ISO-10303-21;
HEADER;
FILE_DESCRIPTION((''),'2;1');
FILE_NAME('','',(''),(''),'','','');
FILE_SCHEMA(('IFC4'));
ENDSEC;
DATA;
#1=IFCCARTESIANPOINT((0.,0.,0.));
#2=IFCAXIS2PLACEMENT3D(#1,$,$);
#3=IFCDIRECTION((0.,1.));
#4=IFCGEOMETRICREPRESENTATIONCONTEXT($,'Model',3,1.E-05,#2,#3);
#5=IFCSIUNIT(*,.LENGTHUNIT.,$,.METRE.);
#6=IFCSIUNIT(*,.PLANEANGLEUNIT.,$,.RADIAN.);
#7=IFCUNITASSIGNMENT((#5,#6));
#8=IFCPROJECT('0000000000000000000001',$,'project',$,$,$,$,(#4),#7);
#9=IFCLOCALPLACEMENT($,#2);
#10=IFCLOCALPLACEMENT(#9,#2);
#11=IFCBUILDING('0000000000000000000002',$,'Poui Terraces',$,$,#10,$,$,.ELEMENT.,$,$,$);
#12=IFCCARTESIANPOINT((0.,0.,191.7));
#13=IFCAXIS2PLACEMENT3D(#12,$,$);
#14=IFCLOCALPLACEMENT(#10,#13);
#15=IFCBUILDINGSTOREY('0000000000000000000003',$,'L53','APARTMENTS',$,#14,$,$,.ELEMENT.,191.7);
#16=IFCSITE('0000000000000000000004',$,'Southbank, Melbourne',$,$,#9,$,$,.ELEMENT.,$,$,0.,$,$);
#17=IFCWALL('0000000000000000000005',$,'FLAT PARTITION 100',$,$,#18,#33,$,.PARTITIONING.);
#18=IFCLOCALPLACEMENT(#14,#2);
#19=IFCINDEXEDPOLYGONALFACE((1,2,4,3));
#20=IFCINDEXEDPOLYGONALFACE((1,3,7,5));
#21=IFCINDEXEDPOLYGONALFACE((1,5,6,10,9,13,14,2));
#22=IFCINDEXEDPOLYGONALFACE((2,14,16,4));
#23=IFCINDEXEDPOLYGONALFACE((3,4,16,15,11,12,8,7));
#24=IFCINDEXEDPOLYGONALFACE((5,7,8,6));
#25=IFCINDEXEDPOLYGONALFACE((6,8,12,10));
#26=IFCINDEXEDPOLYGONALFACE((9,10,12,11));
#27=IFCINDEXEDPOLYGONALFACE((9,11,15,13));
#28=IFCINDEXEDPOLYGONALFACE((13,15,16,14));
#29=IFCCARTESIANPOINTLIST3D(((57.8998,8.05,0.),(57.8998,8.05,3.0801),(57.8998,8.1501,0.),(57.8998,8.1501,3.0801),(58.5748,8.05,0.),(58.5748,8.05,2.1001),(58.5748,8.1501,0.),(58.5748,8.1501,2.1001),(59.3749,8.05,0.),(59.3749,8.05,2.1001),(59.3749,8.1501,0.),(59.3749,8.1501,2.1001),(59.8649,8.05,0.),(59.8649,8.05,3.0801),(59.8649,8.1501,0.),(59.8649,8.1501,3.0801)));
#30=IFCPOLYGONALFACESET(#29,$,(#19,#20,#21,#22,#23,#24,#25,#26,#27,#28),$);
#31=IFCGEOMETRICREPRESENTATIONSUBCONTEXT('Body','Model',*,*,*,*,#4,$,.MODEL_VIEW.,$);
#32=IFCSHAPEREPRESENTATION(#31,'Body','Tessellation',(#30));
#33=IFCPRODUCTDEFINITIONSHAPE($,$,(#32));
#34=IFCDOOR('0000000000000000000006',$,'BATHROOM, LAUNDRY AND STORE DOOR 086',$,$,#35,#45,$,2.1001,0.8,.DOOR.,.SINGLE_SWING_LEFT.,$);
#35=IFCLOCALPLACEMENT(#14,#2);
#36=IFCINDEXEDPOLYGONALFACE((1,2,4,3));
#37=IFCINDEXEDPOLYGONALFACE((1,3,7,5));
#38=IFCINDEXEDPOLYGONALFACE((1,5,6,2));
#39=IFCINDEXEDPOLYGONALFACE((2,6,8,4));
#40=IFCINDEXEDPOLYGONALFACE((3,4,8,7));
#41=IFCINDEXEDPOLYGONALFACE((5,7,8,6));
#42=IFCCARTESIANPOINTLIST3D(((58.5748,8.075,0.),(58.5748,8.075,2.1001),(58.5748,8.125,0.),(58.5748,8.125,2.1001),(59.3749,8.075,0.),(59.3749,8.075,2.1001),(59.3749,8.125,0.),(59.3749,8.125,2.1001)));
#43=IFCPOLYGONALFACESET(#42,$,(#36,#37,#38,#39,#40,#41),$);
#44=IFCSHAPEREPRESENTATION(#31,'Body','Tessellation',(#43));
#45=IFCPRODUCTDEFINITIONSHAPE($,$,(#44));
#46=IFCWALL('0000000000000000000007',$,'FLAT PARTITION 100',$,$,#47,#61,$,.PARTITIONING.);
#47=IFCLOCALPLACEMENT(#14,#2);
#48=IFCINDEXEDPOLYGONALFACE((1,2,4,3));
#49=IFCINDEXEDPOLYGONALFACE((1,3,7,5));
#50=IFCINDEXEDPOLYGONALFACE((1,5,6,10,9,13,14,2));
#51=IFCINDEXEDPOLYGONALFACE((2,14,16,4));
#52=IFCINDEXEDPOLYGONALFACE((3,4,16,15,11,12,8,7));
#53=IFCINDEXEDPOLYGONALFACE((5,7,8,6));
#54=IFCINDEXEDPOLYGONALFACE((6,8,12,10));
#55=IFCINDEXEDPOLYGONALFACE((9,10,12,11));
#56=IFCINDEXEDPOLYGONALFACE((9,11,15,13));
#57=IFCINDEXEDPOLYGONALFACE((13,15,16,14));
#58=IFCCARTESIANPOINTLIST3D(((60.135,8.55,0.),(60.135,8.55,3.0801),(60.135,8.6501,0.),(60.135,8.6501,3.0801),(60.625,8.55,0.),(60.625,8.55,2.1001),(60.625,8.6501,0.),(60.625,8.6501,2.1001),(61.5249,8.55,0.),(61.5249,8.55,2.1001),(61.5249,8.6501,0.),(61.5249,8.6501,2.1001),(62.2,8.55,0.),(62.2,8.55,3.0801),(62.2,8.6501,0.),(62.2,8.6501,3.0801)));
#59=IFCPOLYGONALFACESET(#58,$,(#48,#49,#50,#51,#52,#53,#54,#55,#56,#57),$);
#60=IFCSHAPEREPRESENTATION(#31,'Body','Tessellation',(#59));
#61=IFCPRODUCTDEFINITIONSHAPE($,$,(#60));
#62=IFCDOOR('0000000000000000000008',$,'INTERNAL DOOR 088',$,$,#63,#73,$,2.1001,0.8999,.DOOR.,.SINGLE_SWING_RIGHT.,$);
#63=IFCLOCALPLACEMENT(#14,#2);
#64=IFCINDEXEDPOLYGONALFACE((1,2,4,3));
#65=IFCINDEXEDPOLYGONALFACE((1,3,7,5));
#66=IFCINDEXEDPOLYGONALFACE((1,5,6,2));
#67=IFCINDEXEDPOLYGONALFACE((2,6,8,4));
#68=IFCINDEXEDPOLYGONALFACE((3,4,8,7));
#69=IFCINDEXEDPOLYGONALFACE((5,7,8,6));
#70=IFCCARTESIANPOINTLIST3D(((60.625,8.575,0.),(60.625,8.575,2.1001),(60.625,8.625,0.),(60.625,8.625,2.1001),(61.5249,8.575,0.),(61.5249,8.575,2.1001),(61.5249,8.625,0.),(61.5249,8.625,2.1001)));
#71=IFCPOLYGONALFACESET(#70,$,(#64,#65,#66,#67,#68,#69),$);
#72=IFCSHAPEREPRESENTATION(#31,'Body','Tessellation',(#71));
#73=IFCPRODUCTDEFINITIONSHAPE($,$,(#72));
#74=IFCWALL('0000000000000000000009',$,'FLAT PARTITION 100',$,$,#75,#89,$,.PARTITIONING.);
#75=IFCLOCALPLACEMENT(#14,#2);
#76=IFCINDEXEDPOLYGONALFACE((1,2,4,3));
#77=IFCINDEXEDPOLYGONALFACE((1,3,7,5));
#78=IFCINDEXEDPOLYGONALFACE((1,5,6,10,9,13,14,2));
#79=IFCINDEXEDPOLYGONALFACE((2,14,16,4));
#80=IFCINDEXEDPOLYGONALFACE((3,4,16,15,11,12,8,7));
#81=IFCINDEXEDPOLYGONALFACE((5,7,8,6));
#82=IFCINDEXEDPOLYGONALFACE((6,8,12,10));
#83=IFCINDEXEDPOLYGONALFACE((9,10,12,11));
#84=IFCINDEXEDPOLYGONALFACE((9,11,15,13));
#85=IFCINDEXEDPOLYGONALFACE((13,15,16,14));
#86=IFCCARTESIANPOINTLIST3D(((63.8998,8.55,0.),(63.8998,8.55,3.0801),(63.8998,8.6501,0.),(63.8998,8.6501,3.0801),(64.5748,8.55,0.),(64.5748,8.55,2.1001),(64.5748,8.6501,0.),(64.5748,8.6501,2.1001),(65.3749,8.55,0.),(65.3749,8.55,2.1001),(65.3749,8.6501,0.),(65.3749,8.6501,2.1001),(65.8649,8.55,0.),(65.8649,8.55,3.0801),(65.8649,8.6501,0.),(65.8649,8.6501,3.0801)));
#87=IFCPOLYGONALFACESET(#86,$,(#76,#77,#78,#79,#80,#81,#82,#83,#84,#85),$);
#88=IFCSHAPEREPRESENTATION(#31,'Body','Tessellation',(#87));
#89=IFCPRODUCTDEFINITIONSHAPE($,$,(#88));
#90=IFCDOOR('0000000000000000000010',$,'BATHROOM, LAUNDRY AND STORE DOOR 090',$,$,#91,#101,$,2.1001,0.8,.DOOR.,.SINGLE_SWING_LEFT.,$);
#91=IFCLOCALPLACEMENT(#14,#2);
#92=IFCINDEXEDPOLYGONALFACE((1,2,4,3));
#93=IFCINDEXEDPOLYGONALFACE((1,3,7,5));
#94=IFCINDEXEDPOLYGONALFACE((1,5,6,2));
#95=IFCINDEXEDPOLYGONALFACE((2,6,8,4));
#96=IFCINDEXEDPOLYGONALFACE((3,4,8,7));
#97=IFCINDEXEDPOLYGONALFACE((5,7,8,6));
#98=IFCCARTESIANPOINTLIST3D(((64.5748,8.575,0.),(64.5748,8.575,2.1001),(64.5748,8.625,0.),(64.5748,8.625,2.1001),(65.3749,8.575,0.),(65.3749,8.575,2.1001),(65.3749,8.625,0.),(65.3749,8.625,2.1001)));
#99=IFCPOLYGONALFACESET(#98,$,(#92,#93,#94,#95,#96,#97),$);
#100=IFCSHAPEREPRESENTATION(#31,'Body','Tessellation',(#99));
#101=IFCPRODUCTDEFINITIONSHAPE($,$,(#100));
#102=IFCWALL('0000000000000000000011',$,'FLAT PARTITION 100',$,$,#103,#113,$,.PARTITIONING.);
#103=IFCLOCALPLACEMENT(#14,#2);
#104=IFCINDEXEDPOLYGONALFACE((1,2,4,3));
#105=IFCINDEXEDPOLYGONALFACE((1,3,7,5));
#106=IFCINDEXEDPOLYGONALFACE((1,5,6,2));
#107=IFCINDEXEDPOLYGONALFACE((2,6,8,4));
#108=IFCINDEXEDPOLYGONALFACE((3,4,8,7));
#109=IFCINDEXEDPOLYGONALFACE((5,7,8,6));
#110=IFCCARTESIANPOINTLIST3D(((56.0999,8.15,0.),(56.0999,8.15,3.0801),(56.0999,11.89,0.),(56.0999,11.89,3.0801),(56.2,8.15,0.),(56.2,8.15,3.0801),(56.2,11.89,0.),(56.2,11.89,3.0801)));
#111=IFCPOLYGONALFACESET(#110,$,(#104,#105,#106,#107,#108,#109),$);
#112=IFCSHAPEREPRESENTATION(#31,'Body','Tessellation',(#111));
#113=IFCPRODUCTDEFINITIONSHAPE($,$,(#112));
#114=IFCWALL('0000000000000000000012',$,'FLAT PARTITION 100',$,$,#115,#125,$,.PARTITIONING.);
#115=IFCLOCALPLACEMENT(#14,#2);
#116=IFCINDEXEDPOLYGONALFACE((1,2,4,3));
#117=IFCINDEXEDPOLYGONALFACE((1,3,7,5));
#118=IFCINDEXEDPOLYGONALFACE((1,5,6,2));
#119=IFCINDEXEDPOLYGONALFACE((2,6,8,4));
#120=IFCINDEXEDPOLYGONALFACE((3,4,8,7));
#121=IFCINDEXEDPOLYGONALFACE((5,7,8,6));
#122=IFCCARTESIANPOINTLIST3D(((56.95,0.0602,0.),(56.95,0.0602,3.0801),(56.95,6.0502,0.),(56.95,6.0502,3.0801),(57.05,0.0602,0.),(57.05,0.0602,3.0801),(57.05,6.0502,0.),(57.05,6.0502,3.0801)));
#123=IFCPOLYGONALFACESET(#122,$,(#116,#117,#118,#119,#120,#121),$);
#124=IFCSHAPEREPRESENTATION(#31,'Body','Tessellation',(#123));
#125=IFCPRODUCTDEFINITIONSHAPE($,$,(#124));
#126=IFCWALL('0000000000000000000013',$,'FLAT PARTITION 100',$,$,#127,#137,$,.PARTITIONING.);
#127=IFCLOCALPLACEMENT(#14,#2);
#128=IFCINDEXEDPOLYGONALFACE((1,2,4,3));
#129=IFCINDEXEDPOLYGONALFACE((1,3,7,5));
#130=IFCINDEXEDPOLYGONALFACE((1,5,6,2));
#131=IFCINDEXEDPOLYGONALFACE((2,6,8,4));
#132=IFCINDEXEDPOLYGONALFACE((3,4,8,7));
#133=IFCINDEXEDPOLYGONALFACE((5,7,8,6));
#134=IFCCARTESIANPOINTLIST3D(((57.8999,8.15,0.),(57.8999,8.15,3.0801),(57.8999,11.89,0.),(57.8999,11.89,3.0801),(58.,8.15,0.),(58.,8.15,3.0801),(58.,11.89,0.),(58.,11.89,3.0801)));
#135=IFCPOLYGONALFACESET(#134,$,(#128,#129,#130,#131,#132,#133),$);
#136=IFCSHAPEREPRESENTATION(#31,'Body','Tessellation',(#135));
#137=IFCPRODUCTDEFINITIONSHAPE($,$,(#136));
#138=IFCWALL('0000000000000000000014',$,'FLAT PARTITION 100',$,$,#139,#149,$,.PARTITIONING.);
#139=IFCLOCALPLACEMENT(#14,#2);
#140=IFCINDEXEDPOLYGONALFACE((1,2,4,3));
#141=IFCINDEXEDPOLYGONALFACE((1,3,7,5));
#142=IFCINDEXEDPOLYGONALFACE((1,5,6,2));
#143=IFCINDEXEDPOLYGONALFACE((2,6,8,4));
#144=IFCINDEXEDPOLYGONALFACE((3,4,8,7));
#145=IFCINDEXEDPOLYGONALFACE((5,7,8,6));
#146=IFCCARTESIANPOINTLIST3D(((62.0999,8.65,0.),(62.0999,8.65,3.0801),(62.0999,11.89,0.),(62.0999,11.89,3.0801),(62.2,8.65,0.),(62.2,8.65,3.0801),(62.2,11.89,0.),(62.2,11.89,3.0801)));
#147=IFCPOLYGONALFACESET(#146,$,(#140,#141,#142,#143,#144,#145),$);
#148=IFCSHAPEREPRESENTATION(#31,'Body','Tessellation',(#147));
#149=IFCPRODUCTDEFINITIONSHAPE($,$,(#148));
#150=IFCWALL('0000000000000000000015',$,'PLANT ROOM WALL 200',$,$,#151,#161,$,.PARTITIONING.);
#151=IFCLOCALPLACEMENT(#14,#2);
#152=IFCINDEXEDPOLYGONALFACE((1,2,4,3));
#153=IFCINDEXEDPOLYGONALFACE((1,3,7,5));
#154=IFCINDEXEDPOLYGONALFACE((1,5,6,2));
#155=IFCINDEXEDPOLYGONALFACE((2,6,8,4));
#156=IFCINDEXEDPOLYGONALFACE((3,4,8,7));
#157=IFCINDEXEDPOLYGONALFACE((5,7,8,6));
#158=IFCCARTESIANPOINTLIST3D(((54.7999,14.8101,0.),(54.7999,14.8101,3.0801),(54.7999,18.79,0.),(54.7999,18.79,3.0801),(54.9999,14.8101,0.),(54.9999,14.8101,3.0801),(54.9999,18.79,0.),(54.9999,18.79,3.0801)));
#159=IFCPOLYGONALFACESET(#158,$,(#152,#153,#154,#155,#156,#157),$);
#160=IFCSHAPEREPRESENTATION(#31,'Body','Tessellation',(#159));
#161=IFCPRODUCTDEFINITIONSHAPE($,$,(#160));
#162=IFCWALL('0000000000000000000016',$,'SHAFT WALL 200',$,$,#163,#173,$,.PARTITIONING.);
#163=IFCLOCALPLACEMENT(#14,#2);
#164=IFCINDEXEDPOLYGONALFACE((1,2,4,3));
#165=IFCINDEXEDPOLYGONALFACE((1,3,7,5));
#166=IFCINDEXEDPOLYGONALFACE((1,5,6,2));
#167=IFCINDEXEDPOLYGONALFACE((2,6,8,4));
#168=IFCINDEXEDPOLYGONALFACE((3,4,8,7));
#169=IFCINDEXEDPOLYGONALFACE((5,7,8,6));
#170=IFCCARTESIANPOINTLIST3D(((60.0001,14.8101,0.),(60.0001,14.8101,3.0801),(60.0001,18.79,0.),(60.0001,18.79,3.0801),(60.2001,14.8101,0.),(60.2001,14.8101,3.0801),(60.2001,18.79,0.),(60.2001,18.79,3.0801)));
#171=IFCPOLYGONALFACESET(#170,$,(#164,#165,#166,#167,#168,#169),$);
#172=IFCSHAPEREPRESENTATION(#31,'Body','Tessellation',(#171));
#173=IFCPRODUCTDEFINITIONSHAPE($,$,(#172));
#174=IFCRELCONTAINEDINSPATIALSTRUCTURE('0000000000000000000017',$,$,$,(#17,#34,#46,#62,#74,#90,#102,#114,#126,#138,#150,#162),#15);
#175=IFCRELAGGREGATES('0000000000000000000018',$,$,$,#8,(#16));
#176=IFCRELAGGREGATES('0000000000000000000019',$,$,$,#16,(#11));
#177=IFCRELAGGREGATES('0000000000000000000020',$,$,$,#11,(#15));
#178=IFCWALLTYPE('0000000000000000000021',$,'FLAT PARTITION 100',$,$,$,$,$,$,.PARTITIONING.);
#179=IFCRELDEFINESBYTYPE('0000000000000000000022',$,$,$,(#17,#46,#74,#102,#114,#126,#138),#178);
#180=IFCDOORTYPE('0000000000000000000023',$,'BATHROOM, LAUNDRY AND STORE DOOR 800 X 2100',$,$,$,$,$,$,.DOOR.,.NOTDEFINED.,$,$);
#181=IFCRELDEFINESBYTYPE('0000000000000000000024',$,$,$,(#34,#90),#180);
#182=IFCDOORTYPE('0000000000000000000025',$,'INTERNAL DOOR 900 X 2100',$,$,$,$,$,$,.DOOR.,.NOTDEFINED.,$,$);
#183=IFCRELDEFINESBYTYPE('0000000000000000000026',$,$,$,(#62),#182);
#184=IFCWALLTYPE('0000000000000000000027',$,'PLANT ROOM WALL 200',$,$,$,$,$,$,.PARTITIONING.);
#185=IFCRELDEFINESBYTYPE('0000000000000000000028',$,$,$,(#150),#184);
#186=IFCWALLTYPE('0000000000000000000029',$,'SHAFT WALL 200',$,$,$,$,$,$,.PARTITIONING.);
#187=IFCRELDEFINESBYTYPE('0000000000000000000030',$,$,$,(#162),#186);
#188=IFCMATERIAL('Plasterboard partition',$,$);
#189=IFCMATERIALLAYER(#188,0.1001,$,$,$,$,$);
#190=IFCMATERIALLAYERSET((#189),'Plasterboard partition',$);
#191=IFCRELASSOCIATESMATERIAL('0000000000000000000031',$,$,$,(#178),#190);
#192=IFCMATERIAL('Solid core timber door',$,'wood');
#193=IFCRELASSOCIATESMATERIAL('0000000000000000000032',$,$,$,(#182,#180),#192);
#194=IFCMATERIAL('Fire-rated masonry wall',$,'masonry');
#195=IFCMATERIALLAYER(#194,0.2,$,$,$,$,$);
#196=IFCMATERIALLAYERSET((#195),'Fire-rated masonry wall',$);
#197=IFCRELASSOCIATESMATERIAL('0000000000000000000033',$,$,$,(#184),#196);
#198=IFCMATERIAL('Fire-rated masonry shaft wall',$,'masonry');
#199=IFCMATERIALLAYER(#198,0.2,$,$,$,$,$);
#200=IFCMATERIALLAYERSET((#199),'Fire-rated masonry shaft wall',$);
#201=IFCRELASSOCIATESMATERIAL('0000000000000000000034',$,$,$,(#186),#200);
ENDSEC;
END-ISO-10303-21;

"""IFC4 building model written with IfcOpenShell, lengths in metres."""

from ifc_helpers import new_model, si_unit, direction, frame, frame_2d, origin, place, context, subcontext, project, spatial, rectangle, extrude, material, layer, layer_set, type_object, element, fill, save


model = new_model("IFC4")

# Units and contexts
model_context = context("Model", 3, precision=1e-05, world=origin(), true_north=direction((0.0, 1.0)))
body_context = subcontext(model_context, "Body", "Model", "MODEL_VIEW")
ifc_project = project(units=[si_unit("LENGTHUNIT", "METRE"), si_unit("PLANEANGLEUNIT", "RADIAN")], contexts=[model_context])

# Site, building, storey
site_placement = place(None, origin())
site = spatial("IfcSite", under=ifc_project, at=site_placement, Name="Southbank, Melbourne", CompositionType="ELEMENT", RefElevation=0.0)
building_placement = place(site_placement, origin())
building = spatial("IfcBuilding", under=site, at=building_placement, Name="Poui Terraces", CompositionType="ELEMENT")
storey_placement = place(building_placement, frame((0.0, 0.0, 191.7)))
storey = spatial("IfcBuildingStorey", under=building, at=storey_placement, Name="L53", Description="APARTMENTS", CompositionType="ELEMENT", Elevation=191.7)

# Walls, openings, doors
ifc_material_1 = material(Name="Plasterboard partition")
ifc_layer_1 = layer(ifc_material_1, 0.1001)
ifc_layer_set_1 = layer_set([ifc_layer_1], Name="Plasterboard partition")
wall_type_1 = type_object("IfcWallType", Name="FLAT PARTITION 100", PredefinedType="PARTITIONING", material=ifc_layer_set_1)
ifc_material_2 = material(Name="Solid core timber door", Category="wood")
door_type_1 = type_object("IfcDoorType", Name="INTERNAL DOOR 900 X 2100", OperationType="NOTDEFINED", PredefinedType="DOOR", material=ifc_material_2)
wall_1_placement = place(storey_placement, frame((57.8999, 8.1001, 0.0), z_axis=(0.0, 0.0, 1.0), x_axis=(1.0, 0.0, 0.0)))
wall_1 = element("IfcWall", 1, at=wall_1_placement, inside=storey, type_object=wall_type_1, Name="FLAT PARTITION 100", PredefinedType="PARTITIONING", context=body_context, shape_type="SweptSolid", body=[
    extrude(rectangle(XDim=1.9651, YDim=0.1001, at=frame_2d((0.9824, 0.0))), origin(), (0.0, 0.0, 1.0), 3.0801),
])
opening_1_placement = place(wall_1_placement, frame((0.675, 0.0, 0.0)))
opening_1 = element("IfcOpeningElement", 2, at=opening_1_placement, cuts=wall_1, PredefinedType="OPENING", context=body_context, shape_type="SweptSolid", body=[
    extrude(rectangle(XDim=0.8, YDim=2.1001, at=frame_2d((0.3999, 1.05))), frame((0.0, 0.0601, 0.0), z_axis=(0.0, -1.0, 0.0), x_axis=(1.0, 0.0, 0.0)), (0.0, 0.0, 1.0), 0.1201),
])
door_type_2 = type_object("IfcDoorType", Name="BATHROOM, LAUNDRY AND STORE DOOR 800 X 2100", OperationType="NOTDEFINED", PredefinedType="DOOR", material=ifc_material_2)
door_1_placement = place(opening_1_placement, origin())
door_1 = element("IfcDoor", 3, at=door_1_placement, inside=storey, type_object=door_type_2, Name="BATHROOM, LAUNDRY AND STORE DOOR 086", OperationType="SINGLE_SWING_LEFT", OverallHeight=2.1001, OverallWidth=0.8, PredefinedType="DOOR", context=body_context, shape_type="SweptSolid", body=[
    extrude(rectangle(XDim=0.8, YDim=2.1001, at=frame_2d((0.3999, 1.05))), frame((0.0, 0.0249, 0.0), z_axis=(0.0, -1.0, 0.0), x_axis=(1.0, 0.0, 0.0)), (0.0, 0.0, 1.0), 0.05),
])
fill(opening_1, door_1)
wall_2_placement = place(storey_placement, frame((60.135, 8.6001, 0.0), z_axis=(0.0, 0.0, 1.0), x_axis=(1.0, 0.0, 0.0)))
wall_2 = element("IfcWall", 4, at=wall_2_placement, inside=storey, type_object=wall_type_1, Name="FLAT PARTITION 100", PredefinedType="PARTITIONING", context=body_context, shape_type="SweptSolid", body=[
    extrude(rectangle(XDim=2.0649, YDim=0.1001, at=frame_2d((1.0325, 0.0))), origin(), (0.0, 0.0, 1.0), 3.0801),
])
opening_2_placement = place(wall_2_placement, frame((0.49, 0.0, 0.0)))
opening_2 = element("IfcOpeningElement", 5, at=opening_2_placement, cuts=wall_2, PredefinedType="OPENING", context=body_context, shape_type="SweptSolid", body=[
    extrude(rectangle(XDim=0.8999, YDim=2.1001, at=frame_2d((0.45, 1.05))), frame((0.0, 0.0601, 0.0), z_axis=(0.0, -1.0, 0.0), x_axis=(1.0, 0.0, 0.0)), (0.0, 0.0, 1.0), 0.1201),
])
door_2_placement = place(opening_2_placement, origin())
door_2 = element("IfcDoor", 6, at=door_2_placement, inside=storey, type_object=door_type_1, Name="INTERNAL DOOR 088", OperationType="SINGLE_SWING_RIGHT", OverallHeight=2.1001, OverallWidth=0.8999, PredefinedType="DOOR", context=body_context, shape_type="SweptSolid", body=[
    extrude(rectangle(XDim=0.8999, YDim=2.1001, at=frame_2d((0.45, 1.05))), frame((0.0, 0.0249, 0.0), z_axis=(0.0, -1.0, 0.0), x_axis=(1.0, 0.0, 0.0)), (0.0, 0.0, 1.0), 0.05),
])
fill(opening_2, door_2)
wall_3_placement = place(storey_placement, frame((63.8999, 8.6001, 0.0), z_axis=(0.0, 0.0, 1.0), x_axis=(1.0, 0.0, 0.0)))
wall_3 = element("IfcWall", 7, at=wall_3_placement, inside=storey, type_object=wall_type_1, Name="FLAT PARTITION 100", PredefinedType="PARTITIONING", context=body_context, shape_type="SweptSolid", body=[
    extrude(rectangle(XDim=1.9651, YDim=0.1001, at=frame_2d((0.9824, 0.0))), origin(), (0.0, 0.0, 1.0), 3.0801),
])
opening_3_placement = place(wall_3_placement, frame((0.675, 0.0, 0.0)))
opening_3 = element("IfcOpeningElement", 8, at=opening_3_placement, cuts=wall_3, PredefinedType="OPENING", context=body_context, shape_type="SweptSolid", body=[
    extrude(rectangle(XDim=0.8, YDim=2.1001, at=frame_2d((0.3999, 1.05))), frame((0.0, 0.0601, 0.0), z_axis=(0.0, -1.0, 0.0), x_axis=(1.0, 0.0, 0.0)), (0.0, 0.0, 1.0), 0.1201),
])
door_3_placement = place(opening_3_placement, origin())
door_3 = element("IfcDoor", 9, at=door_3_placement, inside=storey, type_object=door_type_2, Name="BATHROOM, LAUNDRY AND STORE DOOR 090", OperationType="SINGLE_SWING_LEFT", OverallHeight=2.1001, OverallWidth=0.8, PredefinedType="DOOR", context=body_context, shape_type="SweptSolid", body=[
    extrude(rectangle(XDim=0.8, YDim=2.1001, at=frame_2d((0.3999, 1.05))), frame((0.0, 0.0249, 0.0), z_axis=(0.0, -1.0, 0.0), x_axis=(1.0, 0.0, 0.0)), (0.0, 0.0, 1.0), 0.05),
])
fill(opening_3, door_3)

# Walls
wall_4_placement = place(storey_placement, frame((56.1499, 8.1499, 0.0), z_axis=(0.0, 0.0, 1.0), x_axis=(0.0, 1.0, 0.0)))
element("IfcWall", 10, at=wall_4_placement, inside=storey, type_object=wall_type_1, Name="FLAT PARTITION 100", PredefinedType="PARTITIONING", context=body_context, shape_type="SweptSolid", body=[
    extrude(rectangle(XDim=3.74, YDim=0.1001, at=frame_2d((1.8701, 0.0))), origin(), (0.0, 0.0, 1.0), 3.0801),
])
wall_5_placement = place(storey_placement, frame((57.0, 0.0601, 0.0), z_axis=(0.0, 0.0, 1.0), x_axis=(0.0, 1.0, 0.0)))
element("IfcWall", 11, at=wall_5_placement, inside=storey, type_object=wall_type_1, Name="FLAT PARTITION 100", PredefinedType="PARTITIONING", context=body_context, shape_type="SweptSolid", body=[
    extrude(rectangle(XDim=5.99, YDim=0.1001, at=frame_2d((2.9951, 0.0))), origin(), (0.0, 0.0, 1.0), 3.0801),
])
wall_6_placement = place(storey_placement, frame((57.95, 8.1499, 0.0), z_axis=(0.0, 0.0, 1.0), x_axis=(0.0, 1.0, 0.0)))
element("IfcWall", 12, at=wall_6_placement, inside=storey, type_object=wall_type_1, Name="FLAT PARTITION 100", PredefinedType="PARTITIONING", context=body_context, shape_type="SweptSolid", body=[
    extrude(rectangle(XDim=3.74, YDim=0.1001, at=frame_2d((1.8701, 0.0))), origin(), (0.0, 0.0, 1.0), 3.0801),
])
wall_7_placement = place(storey_placement, frame((62.1499, 8.6499, 0.0), z_axis=(0.0, 0.0, 1.0), x_axis=(0.0, 1.0, 0.0)))
element("IfcWall", 13, at=wall_7_placement, inside=storey, type_object=wall_type_1, Name="FLAT PARTITION 100", PredefinedType="PARTITIONING", context=body_context, shape_type="SweptSolid", body=[
    extrude(rectangle(XDim=3.24, YDim=0.1001, at=frame_2d((1.6201, 0.0))), origin(), (0.0, 0.0, 1.0), 3.0801),
])
ifc_material_3 = material(Name="Fire-rated masonry wall", Category="masonry")
ifc_layer_2 = layer(ifc_material_3, 0.2)
ifc_layer_set_2 = layer_set([ifc_layer_2], Name="Fire-rated masonry wall")
wall_type_2 = type_object("IfcWallType", Name="PLANT ROOM WALL 200", PredefinedType="PARTITIONING", material=ifc_layer_set_2)
wall_8_placement = place(storey_placement, frame((54.8999, 14.8101, 0.0), z_axis=(0.0, 0.0, 1.0), x_axis=(0.0, 1.0, 0.0)))
element("IfcWall", 14, at=wall_8_placement, inside=storey, type_object=wall_type_2, Name="PLANT ROOM WALL 200", PredefinedType="PARTITIONING", context=body_context, shape_type="SweptSolid", body=[
    extrude(rectangle(XDim=3.98, YDim=0.2, at=frame_2d((1.99, 0.0))), origin(), (0.0, 0.0, 1.0), 3.0801),
])
ifc_material_4 = material(Name="Fire-rated masonry shaft wall", Category="masonry")
ifc_layer_3 = layer(ifc_material_4, 0.2)
ifc_layer_set_3 = layer_set([ifc_layer_3], Name="Fire-rated masonry shaft wall")
wall_type_3 = type_object("IfcWallType", Name="SHAFT WALL 200", PredefinedType="PARTITIONING", material=ifc_layer_set_3)
wall_9_placement = place(storey_placement, frame((60.1001, 14.8101, 0.0), z_axis=(0.0, 0.0, 1.0), x_axis=(0.0, 1.0, 0.0)))
element("IfcWall", 15, at=wall_9_placement, inside=storey, type_object=wall_type_3, Name="SHAFT WALL 200", PredefinedType="PARTITIONING", context=body_context, shape_type="SweptSolid", body=[
    extrude(rectangle(XDim=3.98, YDim=0.2, at=frame_2d((1.99, 0.0))), origin(), (0.0, 0.0, 1.0), 3.0801),
])

save(model, "model.ifc")
